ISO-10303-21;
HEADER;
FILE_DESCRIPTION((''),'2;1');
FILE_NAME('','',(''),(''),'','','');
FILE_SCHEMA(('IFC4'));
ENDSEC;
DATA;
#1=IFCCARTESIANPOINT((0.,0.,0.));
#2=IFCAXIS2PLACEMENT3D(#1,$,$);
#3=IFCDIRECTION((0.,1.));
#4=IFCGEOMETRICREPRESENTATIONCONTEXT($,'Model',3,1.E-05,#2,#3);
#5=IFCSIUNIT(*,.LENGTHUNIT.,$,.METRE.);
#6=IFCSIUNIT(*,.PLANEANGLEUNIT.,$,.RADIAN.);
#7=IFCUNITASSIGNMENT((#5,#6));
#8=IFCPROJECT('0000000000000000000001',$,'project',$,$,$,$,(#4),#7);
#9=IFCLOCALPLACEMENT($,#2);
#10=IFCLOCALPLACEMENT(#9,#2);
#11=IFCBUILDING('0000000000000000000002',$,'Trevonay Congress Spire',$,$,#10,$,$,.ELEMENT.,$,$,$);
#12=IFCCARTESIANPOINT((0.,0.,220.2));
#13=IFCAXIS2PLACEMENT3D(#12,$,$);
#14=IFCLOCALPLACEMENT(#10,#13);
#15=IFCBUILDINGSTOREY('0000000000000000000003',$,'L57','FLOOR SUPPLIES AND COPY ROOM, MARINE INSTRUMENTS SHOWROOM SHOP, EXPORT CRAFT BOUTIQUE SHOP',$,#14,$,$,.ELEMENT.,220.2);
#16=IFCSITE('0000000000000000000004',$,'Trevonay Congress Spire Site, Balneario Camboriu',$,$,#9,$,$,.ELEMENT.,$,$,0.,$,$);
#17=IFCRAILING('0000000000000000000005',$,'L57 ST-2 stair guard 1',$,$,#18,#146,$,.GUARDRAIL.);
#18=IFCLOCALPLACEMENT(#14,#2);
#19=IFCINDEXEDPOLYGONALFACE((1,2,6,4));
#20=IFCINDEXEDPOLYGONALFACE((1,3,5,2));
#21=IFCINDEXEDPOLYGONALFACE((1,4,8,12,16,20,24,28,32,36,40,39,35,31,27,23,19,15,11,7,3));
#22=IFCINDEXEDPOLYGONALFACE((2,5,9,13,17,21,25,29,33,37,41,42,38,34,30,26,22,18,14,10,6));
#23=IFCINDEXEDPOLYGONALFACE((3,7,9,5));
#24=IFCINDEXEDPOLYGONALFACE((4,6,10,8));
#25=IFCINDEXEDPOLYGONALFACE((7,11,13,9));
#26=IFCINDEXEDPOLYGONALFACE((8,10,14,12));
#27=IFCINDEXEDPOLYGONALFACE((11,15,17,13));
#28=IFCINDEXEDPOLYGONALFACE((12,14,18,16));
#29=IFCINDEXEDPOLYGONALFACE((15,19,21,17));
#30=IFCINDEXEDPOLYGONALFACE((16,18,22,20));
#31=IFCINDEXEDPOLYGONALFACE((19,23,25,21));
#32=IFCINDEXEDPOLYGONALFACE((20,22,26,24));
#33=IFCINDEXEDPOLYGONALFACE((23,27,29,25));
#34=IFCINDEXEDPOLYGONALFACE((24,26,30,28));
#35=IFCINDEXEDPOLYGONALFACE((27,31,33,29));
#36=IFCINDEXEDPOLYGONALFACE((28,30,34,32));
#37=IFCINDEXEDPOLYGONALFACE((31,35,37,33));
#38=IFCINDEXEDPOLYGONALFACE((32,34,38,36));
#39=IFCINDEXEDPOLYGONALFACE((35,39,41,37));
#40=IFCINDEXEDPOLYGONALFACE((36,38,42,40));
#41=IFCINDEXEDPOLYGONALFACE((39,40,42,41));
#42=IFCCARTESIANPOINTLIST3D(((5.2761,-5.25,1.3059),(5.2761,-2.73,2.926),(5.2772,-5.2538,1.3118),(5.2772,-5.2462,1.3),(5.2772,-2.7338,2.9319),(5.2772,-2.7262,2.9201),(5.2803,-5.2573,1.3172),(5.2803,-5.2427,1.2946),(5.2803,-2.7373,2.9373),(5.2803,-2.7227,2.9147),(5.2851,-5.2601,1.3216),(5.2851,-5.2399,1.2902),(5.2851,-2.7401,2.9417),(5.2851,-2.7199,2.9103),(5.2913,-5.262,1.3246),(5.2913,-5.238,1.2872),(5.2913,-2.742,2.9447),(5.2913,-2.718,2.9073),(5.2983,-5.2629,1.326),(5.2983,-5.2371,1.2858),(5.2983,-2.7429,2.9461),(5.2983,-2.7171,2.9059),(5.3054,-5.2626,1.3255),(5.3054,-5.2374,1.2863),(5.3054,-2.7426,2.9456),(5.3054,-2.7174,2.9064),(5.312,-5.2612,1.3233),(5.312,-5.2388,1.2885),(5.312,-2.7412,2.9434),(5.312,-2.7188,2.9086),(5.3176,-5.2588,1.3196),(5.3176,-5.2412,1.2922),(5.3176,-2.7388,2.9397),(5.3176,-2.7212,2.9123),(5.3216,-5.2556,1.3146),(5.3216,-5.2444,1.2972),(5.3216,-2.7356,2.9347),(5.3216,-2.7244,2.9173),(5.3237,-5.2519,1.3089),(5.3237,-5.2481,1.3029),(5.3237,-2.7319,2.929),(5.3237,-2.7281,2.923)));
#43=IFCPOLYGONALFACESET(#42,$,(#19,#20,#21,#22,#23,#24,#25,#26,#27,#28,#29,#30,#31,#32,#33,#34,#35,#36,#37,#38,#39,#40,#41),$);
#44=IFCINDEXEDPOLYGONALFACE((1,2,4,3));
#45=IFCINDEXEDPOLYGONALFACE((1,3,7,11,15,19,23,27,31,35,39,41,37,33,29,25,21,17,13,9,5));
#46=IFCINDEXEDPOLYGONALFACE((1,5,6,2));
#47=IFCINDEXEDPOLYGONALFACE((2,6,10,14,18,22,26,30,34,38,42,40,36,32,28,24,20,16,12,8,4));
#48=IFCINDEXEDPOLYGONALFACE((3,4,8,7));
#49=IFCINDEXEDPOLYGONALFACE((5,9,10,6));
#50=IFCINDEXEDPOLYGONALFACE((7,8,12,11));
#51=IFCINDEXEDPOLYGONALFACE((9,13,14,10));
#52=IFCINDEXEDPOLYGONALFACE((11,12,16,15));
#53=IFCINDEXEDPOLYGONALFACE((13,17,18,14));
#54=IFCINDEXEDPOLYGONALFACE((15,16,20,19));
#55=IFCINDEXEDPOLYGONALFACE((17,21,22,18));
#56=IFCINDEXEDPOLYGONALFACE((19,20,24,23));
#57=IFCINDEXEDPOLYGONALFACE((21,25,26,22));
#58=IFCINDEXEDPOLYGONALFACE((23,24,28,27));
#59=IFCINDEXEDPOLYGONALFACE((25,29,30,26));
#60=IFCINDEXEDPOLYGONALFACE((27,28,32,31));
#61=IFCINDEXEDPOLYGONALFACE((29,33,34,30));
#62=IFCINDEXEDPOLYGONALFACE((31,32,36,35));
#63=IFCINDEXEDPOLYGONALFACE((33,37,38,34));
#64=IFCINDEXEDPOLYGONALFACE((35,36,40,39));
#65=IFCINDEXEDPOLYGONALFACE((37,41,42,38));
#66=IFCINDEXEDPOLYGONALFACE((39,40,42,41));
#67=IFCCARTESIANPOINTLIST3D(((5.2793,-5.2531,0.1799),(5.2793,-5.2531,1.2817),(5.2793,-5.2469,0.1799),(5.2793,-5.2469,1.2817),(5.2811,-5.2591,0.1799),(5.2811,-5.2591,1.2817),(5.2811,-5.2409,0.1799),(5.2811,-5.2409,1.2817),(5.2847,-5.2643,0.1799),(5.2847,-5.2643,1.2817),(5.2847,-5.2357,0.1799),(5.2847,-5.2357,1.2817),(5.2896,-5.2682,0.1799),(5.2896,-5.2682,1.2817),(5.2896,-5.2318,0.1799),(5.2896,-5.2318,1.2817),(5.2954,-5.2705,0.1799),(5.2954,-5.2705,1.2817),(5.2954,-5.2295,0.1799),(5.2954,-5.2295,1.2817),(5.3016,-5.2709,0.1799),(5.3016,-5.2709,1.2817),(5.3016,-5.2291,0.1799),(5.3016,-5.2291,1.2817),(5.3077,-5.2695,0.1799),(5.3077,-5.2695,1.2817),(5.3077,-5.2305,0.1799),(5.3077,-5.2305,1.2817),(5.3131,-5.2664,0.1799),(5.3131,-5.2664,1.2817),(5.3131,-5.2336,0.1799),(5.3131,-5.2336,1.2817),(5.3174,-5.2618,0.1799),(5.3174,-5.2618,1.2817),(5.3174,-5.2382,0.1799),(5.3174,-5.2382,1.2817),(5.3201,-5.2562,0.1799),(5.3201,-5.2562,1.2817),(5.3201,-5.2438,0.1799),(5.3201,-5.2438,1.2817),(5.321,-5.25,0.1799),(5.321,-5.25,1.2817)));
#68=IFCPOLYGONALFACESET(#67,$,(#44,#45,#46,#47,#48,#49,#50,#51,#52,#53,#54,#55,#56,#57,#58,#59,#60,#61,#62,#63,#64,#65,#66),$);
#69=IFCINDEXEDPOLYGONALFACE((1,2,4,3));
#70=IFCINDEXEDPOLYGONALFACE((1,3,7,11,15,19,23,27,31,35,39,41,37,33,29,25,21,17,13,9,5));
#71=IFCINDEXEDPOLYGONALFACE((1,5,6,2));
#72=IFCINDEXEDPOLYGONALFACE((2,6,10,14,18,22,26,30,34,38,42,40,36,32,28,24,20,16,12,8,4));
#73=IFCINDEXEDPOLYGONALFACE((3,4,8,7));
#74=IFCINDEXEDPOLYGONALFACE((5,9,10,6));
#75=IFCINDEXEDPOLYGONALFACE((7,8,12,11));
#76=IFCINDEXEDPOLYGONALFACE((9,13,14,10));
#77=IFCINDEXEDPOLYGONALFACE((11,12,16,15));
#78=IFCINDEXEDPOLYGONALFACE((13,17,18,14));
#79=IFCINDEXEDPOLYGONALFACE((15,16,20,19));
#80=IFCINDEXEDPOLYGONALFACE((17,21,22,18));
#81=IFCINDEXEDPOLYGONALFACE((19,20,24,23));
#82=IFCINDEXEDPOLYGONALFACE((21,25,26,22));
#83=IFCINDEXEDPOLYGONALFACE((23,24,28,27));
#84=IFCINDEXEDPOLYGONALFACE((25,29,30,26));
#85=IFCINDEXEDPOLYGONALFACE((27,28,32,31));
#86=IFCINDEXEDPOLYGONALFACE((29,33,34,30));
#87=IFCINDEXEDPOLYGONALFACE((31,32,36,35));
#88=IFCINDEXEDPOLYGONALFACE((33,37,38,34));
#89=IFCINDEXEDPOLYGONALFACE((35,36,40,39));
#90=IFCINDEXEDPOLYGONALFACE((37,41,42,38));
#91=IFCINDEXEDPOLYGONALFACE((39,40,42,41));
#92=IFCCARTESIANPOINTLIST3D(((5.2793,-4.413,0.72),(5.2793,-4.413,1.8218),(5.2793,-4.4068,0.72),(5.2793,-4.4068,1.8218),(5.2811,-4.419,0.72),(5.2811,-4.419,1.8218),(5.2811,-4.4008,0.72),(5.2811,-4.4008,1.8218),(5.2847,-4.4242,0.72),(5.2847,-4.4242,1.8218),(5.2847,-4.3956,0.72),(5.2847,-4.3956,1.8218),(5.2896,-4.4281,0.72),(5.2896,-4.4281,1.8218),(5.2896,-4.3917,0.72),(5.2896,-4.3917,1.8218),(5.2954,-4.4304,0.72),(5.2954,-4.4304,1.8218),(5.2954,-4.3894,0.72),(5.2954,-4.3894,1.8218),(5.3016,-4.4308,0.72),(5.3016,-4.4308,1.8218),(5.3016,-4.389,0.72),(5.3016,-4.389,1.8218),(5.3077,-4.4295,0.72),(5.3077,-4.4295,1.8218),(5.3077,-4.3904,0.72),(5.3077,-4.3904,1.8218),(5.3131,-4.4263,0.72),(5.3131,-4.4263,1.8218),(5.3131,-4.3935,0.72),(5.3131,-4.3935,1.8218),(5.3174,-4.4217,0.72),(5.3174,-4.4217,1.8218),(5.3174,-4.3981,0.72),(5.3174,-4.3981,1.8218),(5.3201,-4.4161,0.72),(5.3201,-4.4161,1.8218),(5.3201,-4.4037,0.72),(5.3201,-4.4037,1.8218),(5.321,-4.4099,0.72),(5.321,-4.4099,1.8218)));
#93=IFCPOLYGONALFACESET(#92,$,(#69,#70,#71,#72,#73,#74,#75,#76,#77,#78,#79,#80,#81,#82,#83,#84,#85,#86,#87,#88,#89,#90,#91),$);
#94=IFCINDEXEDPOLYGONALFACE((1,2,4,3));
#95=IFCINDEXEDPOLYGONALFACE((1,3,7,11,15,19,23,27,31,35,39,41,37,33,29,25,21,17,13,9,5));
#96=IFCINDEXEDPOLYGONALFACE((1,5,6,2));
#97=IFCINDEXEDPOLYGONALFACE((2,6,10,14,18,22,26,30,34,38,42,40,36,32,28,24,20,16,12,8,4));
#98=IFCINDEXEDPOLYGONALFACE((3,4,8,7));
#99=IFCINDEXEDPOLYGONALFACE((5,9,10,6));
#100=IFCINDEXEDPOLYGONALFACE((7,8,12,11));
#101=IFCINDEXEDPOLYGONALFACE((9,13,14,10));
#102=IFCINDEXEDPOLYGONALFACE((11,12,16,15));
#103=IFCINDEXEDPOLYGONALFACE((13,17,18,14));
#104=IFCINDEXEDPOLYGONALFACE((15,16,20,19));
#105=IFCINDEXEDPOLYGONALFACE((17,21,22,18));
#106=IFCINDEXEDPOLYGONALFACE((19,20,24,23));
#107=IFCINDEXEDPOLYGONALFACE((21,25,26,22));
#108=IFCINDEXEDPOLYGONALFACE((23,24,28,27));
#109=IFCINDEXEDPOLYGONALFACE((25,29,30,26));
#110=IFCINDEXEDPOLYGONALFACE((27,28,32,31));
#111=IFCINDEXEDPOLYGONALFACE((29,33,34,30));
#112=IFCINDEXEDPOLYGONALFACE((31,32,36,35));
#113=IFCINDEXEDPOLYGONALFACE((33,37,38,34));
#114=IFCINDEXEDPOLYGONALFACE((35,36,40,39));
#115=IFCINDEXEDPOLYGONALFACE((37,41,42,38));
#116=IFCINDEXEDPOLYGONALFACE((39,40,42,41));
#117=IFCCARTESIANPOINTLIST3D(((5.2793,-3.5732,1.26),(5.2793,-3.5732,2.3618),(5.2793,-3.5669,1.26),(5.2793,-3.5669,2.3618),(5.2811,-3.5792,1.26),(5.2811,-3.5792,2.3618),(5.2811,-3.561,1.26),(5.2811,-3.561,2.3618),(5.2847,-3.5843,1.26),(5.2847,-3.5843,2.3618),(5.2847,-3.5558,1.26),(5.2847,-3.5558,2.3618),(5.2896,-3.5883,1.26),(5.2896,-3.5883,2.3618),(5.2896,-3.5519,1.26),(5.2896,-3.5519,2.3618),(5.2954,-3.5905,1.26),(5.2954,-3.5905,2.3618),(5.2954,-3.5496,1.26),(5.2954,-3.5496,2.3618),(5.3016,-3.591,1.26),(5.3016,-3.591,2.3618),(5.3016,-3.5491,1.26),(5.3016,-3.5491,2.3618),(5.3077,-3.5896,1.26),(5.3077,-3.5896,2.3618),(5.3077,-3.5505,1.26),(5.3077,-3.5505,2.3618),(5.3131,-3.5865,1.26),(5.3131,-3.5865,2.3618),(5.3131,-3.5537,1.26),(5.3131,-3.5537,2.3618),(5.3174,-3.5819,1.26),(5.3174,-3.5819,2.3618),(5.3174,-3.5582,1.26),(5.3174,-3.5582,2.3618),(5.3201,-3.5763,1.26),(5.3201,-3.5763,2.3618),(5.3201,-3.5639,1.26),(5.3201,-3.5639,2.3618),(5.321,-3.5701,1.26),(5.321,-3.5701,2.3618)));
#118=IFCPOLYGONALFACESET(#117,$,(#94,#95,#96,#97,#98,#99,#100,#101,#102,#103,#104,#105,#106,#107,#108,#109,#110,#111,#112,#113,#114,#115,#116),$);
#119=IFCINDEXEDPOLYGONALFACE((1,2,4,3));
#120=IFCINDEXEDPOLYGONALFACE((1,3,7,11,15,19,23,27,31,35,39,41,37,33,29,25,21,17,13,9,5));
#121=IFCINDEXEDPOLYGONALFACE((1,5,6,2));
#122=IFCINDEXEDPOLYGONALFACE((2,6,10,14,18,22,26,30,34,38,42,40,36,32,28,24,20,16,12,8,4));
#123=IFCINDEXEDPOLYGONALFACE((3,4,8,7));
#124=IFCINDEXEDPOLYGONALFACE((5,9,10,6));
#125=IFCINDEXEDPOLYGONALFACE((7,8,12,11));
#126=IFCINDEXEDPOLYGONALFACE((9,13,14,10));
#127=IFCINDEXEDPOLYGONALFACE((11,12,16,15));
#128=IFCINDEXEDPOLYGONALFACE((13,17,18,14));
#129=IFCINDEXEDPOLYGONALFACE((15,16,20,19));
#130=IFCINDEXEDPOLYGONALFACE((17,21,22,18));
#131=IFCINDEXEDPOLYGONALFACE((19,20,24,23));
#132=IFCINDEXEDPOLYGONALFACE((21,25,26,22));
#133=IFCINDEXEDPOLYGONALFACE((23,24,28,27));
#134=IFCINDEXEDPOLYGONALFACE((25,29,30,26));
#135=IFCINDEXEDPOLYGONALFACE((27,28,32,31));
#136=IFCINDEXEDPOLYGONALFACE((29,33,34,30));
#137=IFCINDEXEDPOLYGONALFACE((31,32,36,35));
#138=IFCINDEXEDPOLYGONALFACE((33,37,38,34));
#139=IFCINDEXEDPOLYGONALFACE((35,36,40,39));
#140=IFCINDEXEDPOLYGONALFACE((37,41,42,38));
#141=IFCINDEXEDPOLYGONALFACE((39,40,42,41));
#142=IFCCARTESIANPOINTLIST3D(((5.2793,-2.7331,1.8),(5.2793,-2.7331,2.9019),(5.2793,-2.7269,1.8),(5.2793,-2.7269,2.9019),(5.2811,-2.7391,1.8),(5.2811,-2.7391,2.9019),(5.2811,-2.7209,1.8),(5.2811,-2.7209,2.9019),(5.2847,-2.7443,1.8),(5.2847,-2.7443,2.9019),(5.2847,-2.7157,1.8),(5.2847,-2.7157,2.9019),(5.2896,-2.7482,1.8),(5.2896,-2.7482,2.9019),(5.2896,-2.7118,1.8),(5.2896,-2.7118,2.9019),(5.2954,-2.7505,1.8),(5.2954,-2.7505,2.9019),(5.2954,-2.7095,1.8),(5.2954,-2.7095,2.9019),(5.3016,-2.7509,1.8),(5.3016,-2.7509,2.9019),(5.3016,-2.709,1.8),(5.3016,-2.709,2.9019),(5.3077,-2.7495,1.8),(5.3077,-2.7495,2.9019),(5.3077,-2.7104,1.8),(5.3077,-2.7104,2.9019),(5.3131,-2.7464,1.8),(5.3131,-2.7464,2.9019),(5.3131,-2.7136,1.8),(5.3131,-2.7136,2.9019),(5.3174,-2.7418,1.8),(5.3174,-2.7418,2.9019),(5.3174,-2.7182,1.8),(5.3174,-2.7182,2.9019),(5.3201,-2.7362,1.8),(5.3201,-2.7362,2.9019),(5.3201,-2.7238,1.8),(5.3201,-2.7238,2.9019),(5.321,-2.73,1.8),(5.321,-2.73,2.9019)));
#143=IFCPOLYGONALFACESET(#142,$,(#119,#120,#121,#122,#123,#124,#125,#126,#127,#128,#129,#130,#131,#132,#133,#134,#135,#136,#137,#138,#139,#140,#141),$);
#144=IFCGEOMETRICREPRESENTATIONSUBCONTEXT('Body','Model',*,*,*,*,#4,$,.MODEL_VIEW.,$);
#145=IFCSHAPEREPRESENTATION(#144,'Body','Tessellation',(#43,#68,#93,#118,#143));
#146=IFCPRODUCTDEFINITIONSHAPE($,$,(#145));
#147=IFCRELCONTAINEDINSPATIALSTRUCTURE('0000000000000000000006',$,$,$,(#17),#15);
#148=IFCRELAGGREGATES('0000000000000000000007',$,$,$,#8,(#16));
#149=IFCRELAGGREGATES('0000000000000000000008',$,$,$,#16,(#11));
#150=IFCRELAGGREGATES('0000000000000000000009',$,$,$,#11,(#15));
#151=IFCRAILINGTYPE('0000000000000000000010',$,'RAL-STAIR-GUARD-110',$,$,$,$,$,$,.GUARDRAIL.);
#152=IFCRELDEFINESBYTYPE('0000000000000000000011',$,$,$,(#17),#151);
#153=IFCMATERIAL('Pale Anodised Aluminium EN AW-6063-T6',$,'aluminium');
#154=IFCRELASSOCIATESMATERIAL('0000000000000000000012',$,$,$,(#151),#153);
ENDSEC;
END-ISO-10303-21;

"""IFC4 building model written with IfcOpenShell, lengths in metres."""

from ifc_helpers import new_model, si_unit, direction, frame, origin, origin_2d, place, context, subcontext, project, spatial, circle, extrude, material, type_object, element, save


model = new_model("IFC4")

# Units and contexts
model_context = context("Model", 3, precision=1e-05, world=origin(), true_north=direction((0.0, 1.0)))
body_context = subcontext(model_context, "Body", "Model", "MODEL_VIEW")
ifc_project = project(units=[si_unit("LENGTHUNIT", "METRE"), si_unit("PLANEANGLEUNIT", "RADIAN")], contexts=[model_context])

# Site, building, storey
site_placement = place(None, origin())
site = spatial("IfcSite", under=ifc_project, at=site_placement, Name="Trevonay Congress Spire Site, Balneario Camboriu", CompositionType="ELEMENT", RefElevation=0.0)
building_placement = place(site_placement, origin())
building = spatial("IfcBuilding", under=site, at=building_placement, Name="Trevonay Congress Spire", CompositionType="ELEMENT")
storey_placement = place(building_placement, frame((0.0, 0.0, 220.2)))
storey = spatial("IfcBuildingStorey", under=building, at=storey_placement, Name="L57", Description="FLOOR SUPPLIES AND COPY ROOM, MARINE INSTRUMENTS SHOWROOM SHOP, EXPORT CRAFT BOUTIQUE SHOP", CompositionType="ELEMENT", Elevation=220.2)

# Shared definitions
ifc_material_1 = material(Name="Pale Anodised Aluminium EN AW-6063-T6", Category="aluminium")

# Railing
railing_type_1 = type_object("IfcRailingType", Name="RAL-STAIR-GUARD-110", PredefinedType="GUARDRAIL", material=ifc_material_1)
railing_1_placement = place(storey_placement, frame((5.3, -5.25, 0.1799)))
element("IfcRailing", 1, at=railing_1_placement, inside=storey, type_object=railing_type_1, Name="L57 ST-2 stair guard 1", PredefinedType="GUARDRAIL", context=body_context, shape_type="SweptSolid", body=[
    extrude(circle(Radius=0.0239, at=origin_2d()), frame((0.0, 0.0, 1.126), z_axis=(0.0, 0.841163, 0.540782), x_axis=(-1.0, 0.0, 0.0)), (0.0, 0.0, 1.0), 2.9958),
    extrude(circle(Radius=0.021, at=origin_2d()), origin(), (0.0, 0.0, 1.0), 1.1018),
    extrude(circle(Radius=0.021, at=origin_2d()), frame((0.0, 0.8401, 0.54)), (0.0, 0.0, 1.0), 1.1018),
    extrude(circle(Radius=0.021, at=origin_2d()), frame((0.0, 1.6799, 1.0801)), (0.0, 0.0, 1.0), 1.1018),
    extrude(circle(Radius=0.021, at=origin_2d()), frame((0.0, 2.52, 1.6201)), (0.0, 0.0, 1.0), 1.1018),
])

save(model, "model.ifc")
